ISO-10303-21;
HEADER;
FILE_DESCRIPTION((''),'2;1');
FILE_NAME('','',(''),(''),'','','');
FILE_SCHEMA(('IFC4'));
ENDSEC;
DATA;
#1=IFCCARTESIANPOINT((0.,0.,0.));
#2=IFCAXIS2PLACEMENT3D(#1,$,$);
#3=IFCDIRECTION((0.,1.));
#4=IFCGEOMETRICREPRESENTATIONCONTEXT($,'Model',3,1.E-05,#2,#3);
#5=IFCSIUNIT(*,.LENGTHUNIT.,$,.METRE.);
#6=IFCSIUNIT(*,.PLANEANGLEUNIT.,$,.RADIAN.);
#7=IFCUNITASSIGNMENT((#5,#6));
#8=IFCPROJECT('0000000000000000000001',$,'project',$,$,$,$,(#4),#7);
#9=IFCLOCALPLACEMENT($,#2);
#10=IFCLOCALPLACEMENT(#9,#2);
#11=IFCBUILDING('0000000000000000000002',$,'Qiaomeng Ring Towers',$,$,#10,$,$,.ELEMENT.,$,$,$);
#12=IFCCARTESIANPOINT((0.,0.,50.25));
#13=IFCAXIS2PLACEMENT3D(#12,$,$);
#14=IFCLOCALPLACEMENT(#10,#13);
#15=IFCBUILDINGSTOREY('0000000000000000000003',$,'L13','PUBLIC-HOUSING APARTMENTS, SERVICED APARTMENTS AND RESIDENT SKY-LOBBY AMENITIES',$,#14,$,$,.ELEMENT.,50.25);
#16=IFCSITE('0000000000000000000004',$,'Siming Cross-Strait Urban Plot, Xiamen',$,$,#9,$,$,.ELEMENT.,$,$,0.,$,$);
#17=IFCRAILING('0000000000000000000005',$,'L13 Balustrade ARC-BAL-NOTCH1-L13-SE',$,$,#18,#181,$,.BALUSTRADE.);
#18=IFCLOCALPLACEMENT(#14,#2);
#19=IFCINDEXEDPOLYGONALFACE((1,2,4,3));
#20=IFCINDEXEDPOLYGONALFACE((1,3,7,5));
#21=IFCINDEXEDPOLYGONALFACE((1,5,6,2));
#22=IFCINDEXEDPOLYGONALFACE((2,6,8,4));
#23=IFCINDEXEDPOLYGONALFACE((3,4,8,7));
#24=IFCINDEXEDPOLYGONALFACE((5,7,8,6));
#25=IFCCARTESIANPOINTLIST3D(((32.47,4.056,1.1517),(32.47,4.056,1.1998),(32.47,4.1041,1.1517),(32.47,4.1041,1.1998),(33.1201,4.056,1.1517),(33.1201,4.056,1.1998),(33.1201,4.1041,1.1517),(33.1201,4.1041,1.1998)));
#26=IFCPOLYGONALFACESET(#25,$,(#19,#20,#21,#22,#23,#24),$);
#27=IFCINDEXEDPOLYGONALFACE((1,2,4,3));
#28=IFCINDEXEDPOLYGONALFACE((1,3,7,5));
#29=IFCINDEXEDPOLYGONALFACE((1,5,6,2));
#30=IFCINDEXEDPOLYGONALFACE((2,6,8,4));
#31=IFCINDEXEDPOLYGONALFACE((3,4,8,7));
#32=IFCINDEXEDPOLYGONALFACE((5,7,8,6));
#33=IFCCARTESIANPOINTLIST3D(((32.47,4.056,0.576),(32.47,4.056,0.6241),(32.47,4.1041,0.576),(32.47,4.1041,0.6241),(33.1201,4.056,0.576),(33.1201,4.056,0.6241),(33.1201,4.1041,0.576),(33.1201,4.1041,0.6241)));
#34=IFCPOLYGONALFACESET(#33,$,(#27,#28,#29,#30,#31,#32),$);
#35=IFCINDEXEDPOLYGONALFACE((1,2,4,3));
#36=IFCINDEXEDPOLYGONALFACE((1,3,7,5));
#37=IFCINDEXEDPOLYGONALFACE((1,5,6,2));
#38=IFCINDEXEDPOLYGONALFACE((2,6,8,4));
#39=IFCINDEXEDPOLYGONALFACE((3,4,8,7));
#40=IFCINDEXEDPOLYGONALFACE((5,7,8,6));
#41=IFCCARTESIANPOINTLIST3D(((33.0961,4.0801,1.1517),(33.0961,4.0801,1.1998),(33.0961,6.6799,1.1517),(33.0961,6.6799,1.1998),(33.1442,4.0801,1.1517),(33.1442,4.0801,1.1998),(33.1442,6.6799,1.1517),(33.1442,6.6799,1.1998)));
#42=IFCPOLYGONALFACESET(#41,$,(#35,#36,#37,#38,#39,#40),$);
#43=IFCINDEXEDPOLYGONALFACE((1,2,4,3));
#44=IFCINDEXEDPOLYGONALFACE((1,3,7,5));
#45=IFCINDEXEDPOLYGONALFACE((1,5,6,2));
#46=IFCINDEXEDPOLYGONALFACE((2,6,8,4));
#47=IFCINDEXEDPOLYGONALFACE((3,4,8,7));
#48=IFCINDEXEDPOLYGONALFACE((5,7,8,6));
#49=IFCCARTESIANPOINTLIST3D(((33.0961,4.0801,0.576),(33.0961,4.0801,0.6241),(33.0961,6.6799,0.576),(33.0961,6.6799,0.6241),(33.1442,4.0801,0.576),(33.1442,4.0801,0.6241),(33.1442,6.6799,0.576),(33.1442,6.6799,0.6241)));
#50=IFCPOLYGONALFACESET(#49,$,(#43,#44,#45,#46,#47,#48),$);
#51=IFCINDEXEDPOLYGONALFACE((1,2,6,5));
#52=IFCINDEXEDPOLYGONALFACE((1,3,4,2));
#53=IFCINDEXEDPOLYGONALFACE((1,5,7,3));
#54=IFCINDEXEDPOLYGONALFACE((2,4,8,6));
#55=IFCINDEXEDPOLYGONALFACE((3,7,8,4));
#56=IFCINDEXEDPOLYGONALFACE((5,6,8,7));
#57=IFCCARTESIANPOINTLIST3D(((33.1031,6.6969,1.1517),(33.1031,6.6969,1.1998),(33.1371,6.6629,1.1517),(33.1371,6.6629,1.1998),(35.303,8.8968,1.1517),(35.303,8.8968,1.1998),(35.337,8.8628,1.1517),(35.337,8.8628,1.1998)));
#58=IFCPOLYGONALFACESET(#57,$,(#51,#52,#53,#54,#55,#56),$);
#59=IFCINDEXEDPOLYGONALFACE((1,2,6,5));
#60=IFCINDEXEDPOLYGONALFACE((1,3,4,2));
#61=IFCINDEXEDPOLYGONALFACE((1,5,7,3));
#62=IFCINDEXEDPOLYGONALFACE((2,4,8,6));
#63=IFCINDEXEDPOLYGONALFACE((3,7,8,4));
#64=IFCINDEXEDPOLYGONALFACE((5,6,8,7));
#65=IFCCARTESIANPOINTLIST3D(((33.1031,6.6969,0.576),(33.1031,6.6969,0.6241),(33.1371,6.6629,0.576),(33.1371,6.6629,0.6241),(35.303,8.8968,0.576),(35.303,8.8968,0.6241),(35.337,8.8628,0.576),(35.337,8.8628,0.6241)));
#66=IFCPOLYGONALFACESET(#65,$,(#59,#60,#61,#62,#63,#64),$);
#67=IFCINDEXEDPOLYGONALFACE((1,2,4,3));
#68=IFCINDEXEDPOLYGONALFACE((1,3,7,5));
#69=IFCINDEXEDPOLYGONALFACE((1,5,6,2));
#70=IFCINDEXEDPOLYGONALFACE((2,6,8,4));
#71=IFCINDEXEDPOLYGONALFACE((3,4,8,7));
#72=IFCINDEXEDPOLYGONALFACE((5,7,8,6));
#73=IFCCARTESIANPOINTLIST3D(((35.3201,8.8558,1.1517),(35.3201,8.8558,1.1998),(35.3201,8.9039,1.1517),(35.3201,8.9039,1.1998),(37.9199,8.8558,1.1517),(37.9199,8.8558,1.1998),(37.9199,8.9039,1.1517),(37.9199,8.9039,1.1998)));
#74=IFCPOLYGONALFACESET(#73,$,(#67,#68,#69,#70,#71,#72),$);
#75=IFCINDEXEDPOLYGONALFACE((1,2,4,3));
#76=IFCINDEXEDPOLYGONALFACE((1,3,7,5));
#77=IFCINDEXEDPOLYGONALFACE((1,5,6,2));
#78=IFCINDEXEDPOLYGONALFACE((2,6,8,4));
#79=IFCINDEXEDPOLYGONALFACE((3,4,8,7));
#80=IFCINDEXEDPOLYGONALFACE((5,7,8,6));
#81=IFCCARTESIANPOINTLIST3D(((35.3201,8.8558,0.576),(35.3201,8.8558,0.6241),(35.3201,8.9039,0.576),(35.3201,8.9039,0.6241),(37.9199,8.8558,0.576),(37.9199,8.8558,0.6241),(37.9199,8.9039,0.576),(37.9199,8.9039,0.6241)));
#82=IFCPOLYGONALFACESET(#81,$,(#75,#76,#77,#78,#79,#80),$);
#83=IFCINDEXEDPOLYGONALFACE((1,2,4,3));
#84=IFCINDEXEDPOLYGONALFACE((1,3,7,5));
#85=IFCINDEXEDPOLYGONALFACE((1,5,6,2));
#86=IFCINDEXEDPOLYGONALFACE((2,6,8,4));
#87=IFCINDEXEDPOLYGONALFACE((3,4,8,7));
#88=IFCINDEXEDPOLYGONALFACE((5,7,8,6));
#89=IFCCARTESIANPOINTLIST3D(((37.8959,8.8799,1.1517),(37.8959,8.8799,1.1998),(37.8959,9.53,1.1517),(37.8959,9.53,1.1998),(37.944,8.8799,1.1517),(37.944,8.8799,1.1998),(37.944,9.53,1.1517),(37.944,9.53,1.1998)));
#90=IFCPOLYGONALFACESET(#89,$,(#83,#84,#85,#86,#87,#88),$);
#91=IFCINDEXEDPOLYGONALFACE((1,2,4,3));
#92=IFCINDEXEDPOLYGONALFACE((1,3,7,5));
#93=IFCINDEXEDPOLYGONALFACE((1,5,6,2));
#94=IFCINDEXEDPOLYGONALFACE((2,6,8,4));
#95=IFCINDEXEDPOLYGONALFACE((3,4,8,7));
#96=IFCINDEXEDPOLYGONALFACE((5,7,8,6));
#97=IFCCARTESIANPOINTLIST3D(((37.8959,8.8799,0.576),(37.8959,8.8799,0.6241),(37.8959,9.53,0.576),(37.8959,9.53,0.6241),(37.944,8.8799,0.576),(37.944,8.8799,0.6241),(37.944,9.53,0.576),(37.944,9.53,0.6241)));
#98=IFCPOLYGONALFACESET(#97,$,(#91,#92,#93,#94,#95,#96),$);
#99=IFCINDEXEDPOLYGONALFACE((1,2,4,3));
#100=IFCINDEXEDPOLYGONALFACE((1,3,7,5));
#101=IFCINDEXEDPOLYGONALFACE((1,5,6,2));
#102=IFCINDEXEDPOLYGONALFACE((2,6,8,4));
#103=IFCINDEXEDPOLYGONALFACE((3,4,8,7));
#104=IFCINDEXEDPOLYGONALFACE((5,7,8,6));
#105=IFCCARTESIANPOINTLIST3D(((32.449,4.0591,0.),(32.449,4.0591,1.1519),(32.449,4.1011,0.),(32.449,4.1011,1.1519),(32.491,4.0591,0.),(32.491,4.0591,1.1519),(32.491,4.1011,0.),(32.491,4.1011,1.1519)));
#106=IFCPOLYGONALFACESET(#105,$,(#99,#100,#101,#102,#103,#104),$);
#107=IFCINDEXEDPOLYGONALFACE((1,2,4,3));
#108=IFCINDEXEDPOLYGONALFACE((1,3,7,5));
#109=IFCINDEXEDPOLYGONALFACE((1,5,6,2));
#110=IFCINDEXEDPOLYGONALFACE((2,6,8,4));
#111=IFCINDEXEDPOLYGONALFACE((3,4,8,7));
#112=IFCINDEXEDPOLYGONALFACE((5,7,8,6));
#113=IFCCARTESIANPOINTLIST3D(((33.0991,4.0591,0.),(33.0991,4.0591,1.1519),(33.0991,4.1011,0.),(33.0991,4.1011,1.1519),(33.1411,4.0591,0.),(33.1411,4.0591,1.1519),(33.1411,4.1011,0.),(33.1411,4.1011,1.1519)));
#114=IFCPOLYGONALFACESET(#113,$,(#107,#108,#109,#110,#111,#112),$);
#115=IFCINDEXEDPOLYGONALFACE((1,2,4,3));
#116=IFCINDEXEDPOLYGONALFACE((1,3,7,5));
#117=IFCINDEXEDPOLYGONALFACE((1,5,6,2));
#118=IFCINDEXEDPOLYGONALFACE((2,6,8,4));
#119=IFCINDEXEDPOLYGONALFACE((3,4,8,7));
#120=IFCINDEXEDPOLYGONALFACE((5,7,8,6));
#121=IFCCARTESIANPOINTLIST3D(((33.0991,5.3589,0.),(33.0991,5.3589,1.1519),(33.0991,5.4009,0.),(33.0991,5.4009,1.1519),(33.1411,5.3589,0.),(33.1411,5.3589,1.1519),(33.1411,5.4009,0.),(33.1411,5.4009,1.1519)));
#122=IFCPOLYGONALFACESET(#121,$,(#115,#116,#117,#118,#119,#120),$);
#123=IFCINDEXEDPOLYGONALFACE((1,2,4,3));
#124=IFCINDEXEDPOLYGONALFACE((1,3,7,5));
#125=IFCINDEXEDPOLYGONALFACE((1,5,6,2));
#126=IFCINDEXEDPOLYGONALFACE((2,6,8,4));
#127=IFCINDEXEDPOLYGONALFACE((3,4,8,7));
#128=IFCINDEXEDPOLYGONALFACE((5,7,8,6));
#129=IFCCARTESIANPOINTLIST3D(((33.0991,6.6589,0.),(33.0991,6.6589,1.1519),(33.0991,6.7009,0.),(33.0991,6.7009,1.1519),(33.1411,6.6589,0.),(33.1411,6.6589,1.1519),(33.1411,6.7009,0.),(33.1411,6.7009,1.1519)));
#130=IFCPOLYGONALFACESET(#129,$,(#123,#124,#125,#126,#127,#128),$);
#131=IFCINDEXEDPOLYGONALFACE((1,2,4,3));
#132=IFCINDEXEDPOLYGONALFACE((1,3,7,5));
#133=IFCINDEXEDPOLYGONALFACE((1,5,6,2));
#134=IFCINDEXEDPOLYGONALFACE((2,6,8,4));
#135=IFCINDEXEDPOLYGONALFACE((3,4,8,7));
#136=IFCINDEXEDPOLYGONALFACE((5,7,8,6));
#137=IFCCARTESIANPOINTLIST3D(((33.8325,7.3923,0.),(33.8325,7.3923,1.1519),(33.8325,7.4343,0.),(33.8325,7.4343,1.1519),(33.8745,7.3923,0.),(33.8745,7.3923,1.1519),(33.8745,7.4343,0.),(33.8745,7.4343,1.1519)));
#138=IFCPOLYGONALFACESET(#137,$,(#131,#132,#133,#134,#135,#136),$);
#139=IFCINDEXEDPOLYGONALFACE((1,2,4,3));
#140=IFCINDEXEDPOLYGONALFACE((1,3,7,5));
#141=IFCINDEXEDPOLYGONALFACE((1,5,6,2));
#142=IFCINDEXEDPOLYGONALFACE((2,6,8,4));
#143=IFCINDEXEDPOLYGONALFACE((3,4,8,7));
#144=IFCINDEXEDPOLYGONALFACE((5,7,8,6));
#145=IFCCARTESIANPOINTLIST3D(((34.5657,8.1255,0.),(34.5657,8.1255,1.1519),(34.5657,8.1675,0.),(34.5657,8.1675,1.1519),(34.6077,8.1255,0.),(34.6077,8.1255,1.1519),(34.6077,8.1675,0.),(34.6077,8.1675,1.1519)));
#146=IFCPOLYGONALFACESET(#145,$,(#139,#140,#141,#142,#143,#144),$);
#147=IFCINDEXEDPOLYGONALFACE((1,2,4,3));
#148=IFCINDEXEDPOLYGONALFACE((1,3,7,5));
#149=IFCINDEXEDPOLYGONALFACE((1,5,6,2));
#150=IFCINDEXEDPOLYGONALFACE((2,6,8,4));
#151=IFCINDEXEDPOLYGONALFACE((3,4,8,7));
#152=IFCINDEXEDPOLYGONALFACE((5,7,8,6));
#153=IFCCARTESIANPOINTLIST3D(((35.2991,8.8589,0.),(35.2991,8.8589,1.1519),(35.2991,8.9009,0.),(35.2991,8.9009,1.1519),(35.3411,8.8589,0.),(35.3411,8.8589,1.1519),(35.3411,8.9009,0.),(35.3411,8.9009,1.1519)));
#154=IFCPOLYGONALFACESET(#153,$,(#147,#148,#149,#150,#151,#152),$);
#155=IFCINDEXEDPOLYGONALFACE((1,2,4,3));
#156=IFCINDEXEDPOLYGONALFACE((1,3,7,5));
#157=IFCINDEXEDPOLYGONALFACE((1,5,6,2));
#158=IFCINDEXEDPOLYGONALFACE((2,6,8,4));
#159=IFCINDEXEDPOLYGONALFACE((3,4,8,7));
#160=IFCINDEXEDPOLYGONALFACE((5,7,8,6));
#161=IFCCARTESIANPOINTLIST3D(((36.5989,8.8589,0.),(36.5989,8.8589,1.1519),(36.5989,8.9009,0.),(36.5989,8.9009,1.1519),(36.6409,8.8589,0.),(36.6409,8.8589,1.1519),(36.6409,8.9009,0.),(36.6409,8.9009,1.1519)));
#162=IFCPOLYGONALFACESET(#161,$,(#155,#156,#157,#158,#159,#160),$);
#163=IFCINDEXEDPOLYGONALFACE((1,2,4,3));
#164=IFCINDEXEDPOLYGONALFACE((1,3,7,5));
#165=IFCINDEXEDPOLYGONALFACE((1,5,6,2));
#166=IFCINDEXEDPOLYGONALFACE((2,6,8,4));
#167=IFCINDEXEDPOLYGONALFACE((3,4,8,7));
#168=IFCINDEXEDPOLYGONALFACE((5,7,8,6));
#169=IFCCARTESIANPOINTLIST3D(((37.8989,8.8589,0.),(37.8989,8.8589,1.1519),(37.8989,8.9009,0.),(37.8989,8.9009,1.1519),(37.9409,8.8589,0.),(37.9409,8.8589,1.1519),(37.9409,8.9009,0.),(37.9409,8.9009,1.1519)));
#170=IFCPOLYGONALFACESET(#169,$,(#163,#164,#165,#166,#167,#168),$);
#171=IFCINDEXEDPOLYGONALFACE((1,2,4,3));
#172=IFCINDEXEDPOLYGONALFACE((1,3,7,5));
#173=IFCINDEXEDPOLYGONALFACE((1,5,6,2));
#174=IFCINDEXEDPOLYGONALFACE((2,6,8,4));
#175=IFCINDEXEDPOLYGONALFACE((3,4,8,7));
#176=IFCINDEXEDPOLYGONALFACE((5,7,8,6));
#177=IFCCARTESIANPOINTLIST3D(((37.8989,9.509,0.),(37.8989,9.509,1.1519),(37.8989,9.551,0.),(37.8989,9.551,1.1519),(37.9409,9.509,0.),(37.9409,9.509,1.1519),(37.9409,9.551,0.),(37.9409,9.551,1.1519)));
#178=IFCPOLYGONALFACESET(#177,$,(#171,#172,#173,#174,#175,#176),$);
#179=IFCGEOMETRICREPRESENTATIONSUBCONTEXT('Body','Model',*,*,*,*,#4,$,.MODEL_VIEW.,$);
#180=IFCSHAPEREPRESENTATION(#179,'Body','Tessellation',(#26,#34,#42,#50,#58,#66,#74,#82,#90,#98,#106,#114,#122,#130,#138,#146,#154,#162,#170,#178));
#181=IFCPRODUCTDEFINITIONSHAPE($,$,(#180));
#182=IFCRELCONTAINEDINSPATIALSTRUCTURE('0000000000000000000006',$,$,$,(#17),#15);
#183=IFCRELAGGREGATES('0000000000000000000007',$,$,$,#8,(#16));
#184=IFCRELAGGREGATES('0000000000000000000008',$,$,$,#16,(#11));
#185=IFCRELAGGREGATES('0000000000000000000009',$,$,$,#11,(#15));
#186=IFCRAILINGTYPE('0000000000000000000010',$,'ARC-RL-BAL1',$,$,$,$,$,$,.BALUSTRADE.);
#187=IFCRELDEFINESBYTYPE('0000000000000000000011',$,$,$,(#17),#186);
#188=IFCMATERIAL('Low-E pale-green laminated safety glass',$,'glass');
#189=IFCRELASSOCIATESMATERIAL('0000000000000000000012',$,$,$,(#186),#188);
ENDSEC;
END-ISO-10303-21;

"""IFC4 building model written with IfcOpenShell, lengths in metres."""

from ifc_helpers import new_model, si_unit, direction, frame, origin, origin_2d, place, context, subcontext, project, spatial, rectangle, extrude, material, type_object, element, save


model = new_model("IFC4")

# Units and contexts
model_context = context("Model", 3, precision=1e-05, world=origin(), true_north=direction((0.0, 1.0)))
body_context = subcontext(model_context, "Body", "Model", "MODEL_VIEW")
ifc_project = project(units=[si_unit("LENGTHUNIT", "METRE"), si_unit("PLANEANGLEUNIT", "RADIAN")], contexts=[model_context])

# Site, building, storey
site_placement = place(None, origin())
site = spatial("IfcSite", under=ifc_project, at=site_placement, Name="Siming Cross-Strait Urban Plot, Xiamen", CompositionType="ELEMENT", RefElevation=0.0)
building_placement = place(site_placement, origin())
building = spatial("IfcBuilding", under=site, at=building_placement, Name="Qiaomeng Ring Towers", CompositionType="ELEMENT")
storey_placement = place(building_placement, frame((0.0, 0.0, 50.25)))
storey = spatial("IfcBuildingStorey", under=building, at=storey_placement, Name="L13", Description="PUBLIC-HOUSING APARTMENTS, SERVICED APARTMENTS AND RESIDENT SKY-LOBBY AMENITIES", CompositionType="ELEMENT", Elevation=50.25)

# Railing
ifc_material_1 = material(Name="Low-E pale-green laminated safety glass", Category="glass")
railing_type = type_object("IfcRailingType", Name="ARC-RL-BAL1", PredefinedType="BALUSTRADE", material=ifc_material_1)
railing_placement = place(storey_placement, frame((32.47, 4.0801, 0.0)))
element("IfcRailing", 1, at=railing_placement, inside=storey, type_object=railing_type, Name="L13 Balustrade ARC-BAL-NOTCH1-L13-SE", PredefinedType="BALUSTRADE", context=body_context, shape_type="SweptSolid", body=[
    extrude(rectangle(XDim=0.0481, YDim=0.0481, at=origin_2d()), frame((0.0, 0.0, 1.1758), z_axis=(1.0, 0.0, 0.0), x_axis=(0.0, 1.0, 0.0)), (0.0, 0.0, 1.0), 0.6501),
    extrude(rectangle(XDim=0.0481, YDim=0.0481, at=origin_2d()), frame((0.0, 0.0, 0.6001), z_axis=(1.0, 0.0, 0.0), x_axis=(0.0, 1.0, 0.0)), (0.0, 0.0, 1.0), 0.6501),
    extrude(rectangle(XDim=0.0481, YDim=0.0481, at=origin_2d()), frame((0.6501, 0.0, 1.1758), z_axis=(0.0, 1.0, 0.0), x_axis=(-1.0, 0.0, 0.0)), (0.0, 0.0, 1.0), 2.5999),
    extrude(rectangle(XDim=0.0481, YDim=0.0481, at=origin_2d()), frame((0.6501, 0.0, 0.6001), z_axis=(0.0, 1.0, 0.0), x_axis=(-1.0, 0.0, 0.0)), (0.0, 0.0, 1.0), 2.5999),
    extrude(rectangle(XDim=0.0481, YDim=0.0481, at=origin_2d()), frame((0.6501, 2.5999, 1.1758), z_axis=(0.707107, 0.707107, 0.0), x_axis=(-0.707107, 0.707107, 0.0)), (0.0, 0.0, 1.0), 3.1111),
    extrude(rectangle(XDim=0.0481, YDim=0.0481, at=origin_2d()), frame((0.6501, 2.5999, 0.6001), z_axis=(0.707107, 0.707107, 0.0), x_axis=(-0.707107, 0.707107, 0.0)), (0.0, 0.0, 1.0), 3.1111),
    extrude(rectangle(XDim=0.0481, YDim=0.0481, at=origin_2d()), frame((2.8501, 4.7998, 1.1758), z_axis=(1.0, 0.0, 0.0), x_axis=(0.0, 1.0, 0.0)), (0.0, 0.0, 1.0), 2.5999),
    extrude(rectangle(XDim=0.0481, YDim=0.0481, at=origin_2d()), frame((2.8501, 4.7998, 0.6001), z_axis=(1.0, 0.0, 0.0), x_axis=(0.0, 1.0, 0.0)), (0.0, 0.0, 1.0), 2.5999),
    extrude(rectangle(XDim=0.0481, YDim=0.0481, at=origin_2d()), frame((5.45, 4.7998, 1.1758), z_axis=(0.0, 1.0, 0.0), x_axis=(-1.0, 0.0, 0.0)), (0.0, 0.0, 1.0), 0.6501),
    extrude(rectangle(XDim=0.0481, YDim=0.0481, at=origin_2d()), frame((5.45, 4.7998, 0.6001), z_axis=(0.0, 1.0, 0.0), x_axis=(-1.0, 0.0, 0.0)), (0.0, 0.0, 1.0), 0.6501),
    extrude(rectangle(XDim=0.042, YDim=0.042, at=origin_2d()), origin(), (0.0, 0.0, 1.0), 1.1519),
    extrude(rectangle(XDim=0.042, YDim=0.042, at=origin_2d()), frame((0.6501, 0.0, 0.0)), (0.0, 0.0, 1.0), 1.1519),
    extrude(rectangle(XDim=0.042, YDim=0.042, at=origin_2d()), frame((0.6501, 1.2998, 0.0)), (0.0, 0.0, 1.0), 1.1519),
    extrude(rectangle(XDim=0.042, YDim=0.042, at=origin_2d()), frame((0.6501, 2.5999, 0.0)), (0.0, 0.0, 1.0), 1.1519),
    extrude(rectangle(XDim=0.042, YDim=0.042, at=origin_2d()), frame((1.3835, 3.3333, 0.0)), (0.0, 0.0, 1.0), 1.1519),
    extrude(rectangle(XDim=0.042, YDim=0.042, at=origin_2d()), frame((2.1167, 4.0664, 0.0)), (0.0, 0.0, 1.0), 1.1519),
    extrude(rectangle(XDim=0.042, YDim=0.042, at=origin_2d()), frame((2.8501, 4.7998, 0.0)), (0.0, 0.0, 1.0), 1.1519),
    extrude(rectangle(XDim=0.042, YDim=0.042, at=origin_2d()), frame((4.1499, 4.7998, 0.0)), (0.0, 0.0, 1.0), 1.1519),
    extrude(rectangle(XDim=0.042, YDim=0.042, at=origin_2d()), frame((5.45, 4.7998, 0.0)), (0.0, 0.0, 1.0), 1.1519),
    extrude(rectangle(XDim=0.042, YDim=0.042, at=origin_2d()), frame((5.45, 5.45, 0.0)), (0.0, 0.0, 1.0), 1.1519),
])

save(model, "model.ifc")
